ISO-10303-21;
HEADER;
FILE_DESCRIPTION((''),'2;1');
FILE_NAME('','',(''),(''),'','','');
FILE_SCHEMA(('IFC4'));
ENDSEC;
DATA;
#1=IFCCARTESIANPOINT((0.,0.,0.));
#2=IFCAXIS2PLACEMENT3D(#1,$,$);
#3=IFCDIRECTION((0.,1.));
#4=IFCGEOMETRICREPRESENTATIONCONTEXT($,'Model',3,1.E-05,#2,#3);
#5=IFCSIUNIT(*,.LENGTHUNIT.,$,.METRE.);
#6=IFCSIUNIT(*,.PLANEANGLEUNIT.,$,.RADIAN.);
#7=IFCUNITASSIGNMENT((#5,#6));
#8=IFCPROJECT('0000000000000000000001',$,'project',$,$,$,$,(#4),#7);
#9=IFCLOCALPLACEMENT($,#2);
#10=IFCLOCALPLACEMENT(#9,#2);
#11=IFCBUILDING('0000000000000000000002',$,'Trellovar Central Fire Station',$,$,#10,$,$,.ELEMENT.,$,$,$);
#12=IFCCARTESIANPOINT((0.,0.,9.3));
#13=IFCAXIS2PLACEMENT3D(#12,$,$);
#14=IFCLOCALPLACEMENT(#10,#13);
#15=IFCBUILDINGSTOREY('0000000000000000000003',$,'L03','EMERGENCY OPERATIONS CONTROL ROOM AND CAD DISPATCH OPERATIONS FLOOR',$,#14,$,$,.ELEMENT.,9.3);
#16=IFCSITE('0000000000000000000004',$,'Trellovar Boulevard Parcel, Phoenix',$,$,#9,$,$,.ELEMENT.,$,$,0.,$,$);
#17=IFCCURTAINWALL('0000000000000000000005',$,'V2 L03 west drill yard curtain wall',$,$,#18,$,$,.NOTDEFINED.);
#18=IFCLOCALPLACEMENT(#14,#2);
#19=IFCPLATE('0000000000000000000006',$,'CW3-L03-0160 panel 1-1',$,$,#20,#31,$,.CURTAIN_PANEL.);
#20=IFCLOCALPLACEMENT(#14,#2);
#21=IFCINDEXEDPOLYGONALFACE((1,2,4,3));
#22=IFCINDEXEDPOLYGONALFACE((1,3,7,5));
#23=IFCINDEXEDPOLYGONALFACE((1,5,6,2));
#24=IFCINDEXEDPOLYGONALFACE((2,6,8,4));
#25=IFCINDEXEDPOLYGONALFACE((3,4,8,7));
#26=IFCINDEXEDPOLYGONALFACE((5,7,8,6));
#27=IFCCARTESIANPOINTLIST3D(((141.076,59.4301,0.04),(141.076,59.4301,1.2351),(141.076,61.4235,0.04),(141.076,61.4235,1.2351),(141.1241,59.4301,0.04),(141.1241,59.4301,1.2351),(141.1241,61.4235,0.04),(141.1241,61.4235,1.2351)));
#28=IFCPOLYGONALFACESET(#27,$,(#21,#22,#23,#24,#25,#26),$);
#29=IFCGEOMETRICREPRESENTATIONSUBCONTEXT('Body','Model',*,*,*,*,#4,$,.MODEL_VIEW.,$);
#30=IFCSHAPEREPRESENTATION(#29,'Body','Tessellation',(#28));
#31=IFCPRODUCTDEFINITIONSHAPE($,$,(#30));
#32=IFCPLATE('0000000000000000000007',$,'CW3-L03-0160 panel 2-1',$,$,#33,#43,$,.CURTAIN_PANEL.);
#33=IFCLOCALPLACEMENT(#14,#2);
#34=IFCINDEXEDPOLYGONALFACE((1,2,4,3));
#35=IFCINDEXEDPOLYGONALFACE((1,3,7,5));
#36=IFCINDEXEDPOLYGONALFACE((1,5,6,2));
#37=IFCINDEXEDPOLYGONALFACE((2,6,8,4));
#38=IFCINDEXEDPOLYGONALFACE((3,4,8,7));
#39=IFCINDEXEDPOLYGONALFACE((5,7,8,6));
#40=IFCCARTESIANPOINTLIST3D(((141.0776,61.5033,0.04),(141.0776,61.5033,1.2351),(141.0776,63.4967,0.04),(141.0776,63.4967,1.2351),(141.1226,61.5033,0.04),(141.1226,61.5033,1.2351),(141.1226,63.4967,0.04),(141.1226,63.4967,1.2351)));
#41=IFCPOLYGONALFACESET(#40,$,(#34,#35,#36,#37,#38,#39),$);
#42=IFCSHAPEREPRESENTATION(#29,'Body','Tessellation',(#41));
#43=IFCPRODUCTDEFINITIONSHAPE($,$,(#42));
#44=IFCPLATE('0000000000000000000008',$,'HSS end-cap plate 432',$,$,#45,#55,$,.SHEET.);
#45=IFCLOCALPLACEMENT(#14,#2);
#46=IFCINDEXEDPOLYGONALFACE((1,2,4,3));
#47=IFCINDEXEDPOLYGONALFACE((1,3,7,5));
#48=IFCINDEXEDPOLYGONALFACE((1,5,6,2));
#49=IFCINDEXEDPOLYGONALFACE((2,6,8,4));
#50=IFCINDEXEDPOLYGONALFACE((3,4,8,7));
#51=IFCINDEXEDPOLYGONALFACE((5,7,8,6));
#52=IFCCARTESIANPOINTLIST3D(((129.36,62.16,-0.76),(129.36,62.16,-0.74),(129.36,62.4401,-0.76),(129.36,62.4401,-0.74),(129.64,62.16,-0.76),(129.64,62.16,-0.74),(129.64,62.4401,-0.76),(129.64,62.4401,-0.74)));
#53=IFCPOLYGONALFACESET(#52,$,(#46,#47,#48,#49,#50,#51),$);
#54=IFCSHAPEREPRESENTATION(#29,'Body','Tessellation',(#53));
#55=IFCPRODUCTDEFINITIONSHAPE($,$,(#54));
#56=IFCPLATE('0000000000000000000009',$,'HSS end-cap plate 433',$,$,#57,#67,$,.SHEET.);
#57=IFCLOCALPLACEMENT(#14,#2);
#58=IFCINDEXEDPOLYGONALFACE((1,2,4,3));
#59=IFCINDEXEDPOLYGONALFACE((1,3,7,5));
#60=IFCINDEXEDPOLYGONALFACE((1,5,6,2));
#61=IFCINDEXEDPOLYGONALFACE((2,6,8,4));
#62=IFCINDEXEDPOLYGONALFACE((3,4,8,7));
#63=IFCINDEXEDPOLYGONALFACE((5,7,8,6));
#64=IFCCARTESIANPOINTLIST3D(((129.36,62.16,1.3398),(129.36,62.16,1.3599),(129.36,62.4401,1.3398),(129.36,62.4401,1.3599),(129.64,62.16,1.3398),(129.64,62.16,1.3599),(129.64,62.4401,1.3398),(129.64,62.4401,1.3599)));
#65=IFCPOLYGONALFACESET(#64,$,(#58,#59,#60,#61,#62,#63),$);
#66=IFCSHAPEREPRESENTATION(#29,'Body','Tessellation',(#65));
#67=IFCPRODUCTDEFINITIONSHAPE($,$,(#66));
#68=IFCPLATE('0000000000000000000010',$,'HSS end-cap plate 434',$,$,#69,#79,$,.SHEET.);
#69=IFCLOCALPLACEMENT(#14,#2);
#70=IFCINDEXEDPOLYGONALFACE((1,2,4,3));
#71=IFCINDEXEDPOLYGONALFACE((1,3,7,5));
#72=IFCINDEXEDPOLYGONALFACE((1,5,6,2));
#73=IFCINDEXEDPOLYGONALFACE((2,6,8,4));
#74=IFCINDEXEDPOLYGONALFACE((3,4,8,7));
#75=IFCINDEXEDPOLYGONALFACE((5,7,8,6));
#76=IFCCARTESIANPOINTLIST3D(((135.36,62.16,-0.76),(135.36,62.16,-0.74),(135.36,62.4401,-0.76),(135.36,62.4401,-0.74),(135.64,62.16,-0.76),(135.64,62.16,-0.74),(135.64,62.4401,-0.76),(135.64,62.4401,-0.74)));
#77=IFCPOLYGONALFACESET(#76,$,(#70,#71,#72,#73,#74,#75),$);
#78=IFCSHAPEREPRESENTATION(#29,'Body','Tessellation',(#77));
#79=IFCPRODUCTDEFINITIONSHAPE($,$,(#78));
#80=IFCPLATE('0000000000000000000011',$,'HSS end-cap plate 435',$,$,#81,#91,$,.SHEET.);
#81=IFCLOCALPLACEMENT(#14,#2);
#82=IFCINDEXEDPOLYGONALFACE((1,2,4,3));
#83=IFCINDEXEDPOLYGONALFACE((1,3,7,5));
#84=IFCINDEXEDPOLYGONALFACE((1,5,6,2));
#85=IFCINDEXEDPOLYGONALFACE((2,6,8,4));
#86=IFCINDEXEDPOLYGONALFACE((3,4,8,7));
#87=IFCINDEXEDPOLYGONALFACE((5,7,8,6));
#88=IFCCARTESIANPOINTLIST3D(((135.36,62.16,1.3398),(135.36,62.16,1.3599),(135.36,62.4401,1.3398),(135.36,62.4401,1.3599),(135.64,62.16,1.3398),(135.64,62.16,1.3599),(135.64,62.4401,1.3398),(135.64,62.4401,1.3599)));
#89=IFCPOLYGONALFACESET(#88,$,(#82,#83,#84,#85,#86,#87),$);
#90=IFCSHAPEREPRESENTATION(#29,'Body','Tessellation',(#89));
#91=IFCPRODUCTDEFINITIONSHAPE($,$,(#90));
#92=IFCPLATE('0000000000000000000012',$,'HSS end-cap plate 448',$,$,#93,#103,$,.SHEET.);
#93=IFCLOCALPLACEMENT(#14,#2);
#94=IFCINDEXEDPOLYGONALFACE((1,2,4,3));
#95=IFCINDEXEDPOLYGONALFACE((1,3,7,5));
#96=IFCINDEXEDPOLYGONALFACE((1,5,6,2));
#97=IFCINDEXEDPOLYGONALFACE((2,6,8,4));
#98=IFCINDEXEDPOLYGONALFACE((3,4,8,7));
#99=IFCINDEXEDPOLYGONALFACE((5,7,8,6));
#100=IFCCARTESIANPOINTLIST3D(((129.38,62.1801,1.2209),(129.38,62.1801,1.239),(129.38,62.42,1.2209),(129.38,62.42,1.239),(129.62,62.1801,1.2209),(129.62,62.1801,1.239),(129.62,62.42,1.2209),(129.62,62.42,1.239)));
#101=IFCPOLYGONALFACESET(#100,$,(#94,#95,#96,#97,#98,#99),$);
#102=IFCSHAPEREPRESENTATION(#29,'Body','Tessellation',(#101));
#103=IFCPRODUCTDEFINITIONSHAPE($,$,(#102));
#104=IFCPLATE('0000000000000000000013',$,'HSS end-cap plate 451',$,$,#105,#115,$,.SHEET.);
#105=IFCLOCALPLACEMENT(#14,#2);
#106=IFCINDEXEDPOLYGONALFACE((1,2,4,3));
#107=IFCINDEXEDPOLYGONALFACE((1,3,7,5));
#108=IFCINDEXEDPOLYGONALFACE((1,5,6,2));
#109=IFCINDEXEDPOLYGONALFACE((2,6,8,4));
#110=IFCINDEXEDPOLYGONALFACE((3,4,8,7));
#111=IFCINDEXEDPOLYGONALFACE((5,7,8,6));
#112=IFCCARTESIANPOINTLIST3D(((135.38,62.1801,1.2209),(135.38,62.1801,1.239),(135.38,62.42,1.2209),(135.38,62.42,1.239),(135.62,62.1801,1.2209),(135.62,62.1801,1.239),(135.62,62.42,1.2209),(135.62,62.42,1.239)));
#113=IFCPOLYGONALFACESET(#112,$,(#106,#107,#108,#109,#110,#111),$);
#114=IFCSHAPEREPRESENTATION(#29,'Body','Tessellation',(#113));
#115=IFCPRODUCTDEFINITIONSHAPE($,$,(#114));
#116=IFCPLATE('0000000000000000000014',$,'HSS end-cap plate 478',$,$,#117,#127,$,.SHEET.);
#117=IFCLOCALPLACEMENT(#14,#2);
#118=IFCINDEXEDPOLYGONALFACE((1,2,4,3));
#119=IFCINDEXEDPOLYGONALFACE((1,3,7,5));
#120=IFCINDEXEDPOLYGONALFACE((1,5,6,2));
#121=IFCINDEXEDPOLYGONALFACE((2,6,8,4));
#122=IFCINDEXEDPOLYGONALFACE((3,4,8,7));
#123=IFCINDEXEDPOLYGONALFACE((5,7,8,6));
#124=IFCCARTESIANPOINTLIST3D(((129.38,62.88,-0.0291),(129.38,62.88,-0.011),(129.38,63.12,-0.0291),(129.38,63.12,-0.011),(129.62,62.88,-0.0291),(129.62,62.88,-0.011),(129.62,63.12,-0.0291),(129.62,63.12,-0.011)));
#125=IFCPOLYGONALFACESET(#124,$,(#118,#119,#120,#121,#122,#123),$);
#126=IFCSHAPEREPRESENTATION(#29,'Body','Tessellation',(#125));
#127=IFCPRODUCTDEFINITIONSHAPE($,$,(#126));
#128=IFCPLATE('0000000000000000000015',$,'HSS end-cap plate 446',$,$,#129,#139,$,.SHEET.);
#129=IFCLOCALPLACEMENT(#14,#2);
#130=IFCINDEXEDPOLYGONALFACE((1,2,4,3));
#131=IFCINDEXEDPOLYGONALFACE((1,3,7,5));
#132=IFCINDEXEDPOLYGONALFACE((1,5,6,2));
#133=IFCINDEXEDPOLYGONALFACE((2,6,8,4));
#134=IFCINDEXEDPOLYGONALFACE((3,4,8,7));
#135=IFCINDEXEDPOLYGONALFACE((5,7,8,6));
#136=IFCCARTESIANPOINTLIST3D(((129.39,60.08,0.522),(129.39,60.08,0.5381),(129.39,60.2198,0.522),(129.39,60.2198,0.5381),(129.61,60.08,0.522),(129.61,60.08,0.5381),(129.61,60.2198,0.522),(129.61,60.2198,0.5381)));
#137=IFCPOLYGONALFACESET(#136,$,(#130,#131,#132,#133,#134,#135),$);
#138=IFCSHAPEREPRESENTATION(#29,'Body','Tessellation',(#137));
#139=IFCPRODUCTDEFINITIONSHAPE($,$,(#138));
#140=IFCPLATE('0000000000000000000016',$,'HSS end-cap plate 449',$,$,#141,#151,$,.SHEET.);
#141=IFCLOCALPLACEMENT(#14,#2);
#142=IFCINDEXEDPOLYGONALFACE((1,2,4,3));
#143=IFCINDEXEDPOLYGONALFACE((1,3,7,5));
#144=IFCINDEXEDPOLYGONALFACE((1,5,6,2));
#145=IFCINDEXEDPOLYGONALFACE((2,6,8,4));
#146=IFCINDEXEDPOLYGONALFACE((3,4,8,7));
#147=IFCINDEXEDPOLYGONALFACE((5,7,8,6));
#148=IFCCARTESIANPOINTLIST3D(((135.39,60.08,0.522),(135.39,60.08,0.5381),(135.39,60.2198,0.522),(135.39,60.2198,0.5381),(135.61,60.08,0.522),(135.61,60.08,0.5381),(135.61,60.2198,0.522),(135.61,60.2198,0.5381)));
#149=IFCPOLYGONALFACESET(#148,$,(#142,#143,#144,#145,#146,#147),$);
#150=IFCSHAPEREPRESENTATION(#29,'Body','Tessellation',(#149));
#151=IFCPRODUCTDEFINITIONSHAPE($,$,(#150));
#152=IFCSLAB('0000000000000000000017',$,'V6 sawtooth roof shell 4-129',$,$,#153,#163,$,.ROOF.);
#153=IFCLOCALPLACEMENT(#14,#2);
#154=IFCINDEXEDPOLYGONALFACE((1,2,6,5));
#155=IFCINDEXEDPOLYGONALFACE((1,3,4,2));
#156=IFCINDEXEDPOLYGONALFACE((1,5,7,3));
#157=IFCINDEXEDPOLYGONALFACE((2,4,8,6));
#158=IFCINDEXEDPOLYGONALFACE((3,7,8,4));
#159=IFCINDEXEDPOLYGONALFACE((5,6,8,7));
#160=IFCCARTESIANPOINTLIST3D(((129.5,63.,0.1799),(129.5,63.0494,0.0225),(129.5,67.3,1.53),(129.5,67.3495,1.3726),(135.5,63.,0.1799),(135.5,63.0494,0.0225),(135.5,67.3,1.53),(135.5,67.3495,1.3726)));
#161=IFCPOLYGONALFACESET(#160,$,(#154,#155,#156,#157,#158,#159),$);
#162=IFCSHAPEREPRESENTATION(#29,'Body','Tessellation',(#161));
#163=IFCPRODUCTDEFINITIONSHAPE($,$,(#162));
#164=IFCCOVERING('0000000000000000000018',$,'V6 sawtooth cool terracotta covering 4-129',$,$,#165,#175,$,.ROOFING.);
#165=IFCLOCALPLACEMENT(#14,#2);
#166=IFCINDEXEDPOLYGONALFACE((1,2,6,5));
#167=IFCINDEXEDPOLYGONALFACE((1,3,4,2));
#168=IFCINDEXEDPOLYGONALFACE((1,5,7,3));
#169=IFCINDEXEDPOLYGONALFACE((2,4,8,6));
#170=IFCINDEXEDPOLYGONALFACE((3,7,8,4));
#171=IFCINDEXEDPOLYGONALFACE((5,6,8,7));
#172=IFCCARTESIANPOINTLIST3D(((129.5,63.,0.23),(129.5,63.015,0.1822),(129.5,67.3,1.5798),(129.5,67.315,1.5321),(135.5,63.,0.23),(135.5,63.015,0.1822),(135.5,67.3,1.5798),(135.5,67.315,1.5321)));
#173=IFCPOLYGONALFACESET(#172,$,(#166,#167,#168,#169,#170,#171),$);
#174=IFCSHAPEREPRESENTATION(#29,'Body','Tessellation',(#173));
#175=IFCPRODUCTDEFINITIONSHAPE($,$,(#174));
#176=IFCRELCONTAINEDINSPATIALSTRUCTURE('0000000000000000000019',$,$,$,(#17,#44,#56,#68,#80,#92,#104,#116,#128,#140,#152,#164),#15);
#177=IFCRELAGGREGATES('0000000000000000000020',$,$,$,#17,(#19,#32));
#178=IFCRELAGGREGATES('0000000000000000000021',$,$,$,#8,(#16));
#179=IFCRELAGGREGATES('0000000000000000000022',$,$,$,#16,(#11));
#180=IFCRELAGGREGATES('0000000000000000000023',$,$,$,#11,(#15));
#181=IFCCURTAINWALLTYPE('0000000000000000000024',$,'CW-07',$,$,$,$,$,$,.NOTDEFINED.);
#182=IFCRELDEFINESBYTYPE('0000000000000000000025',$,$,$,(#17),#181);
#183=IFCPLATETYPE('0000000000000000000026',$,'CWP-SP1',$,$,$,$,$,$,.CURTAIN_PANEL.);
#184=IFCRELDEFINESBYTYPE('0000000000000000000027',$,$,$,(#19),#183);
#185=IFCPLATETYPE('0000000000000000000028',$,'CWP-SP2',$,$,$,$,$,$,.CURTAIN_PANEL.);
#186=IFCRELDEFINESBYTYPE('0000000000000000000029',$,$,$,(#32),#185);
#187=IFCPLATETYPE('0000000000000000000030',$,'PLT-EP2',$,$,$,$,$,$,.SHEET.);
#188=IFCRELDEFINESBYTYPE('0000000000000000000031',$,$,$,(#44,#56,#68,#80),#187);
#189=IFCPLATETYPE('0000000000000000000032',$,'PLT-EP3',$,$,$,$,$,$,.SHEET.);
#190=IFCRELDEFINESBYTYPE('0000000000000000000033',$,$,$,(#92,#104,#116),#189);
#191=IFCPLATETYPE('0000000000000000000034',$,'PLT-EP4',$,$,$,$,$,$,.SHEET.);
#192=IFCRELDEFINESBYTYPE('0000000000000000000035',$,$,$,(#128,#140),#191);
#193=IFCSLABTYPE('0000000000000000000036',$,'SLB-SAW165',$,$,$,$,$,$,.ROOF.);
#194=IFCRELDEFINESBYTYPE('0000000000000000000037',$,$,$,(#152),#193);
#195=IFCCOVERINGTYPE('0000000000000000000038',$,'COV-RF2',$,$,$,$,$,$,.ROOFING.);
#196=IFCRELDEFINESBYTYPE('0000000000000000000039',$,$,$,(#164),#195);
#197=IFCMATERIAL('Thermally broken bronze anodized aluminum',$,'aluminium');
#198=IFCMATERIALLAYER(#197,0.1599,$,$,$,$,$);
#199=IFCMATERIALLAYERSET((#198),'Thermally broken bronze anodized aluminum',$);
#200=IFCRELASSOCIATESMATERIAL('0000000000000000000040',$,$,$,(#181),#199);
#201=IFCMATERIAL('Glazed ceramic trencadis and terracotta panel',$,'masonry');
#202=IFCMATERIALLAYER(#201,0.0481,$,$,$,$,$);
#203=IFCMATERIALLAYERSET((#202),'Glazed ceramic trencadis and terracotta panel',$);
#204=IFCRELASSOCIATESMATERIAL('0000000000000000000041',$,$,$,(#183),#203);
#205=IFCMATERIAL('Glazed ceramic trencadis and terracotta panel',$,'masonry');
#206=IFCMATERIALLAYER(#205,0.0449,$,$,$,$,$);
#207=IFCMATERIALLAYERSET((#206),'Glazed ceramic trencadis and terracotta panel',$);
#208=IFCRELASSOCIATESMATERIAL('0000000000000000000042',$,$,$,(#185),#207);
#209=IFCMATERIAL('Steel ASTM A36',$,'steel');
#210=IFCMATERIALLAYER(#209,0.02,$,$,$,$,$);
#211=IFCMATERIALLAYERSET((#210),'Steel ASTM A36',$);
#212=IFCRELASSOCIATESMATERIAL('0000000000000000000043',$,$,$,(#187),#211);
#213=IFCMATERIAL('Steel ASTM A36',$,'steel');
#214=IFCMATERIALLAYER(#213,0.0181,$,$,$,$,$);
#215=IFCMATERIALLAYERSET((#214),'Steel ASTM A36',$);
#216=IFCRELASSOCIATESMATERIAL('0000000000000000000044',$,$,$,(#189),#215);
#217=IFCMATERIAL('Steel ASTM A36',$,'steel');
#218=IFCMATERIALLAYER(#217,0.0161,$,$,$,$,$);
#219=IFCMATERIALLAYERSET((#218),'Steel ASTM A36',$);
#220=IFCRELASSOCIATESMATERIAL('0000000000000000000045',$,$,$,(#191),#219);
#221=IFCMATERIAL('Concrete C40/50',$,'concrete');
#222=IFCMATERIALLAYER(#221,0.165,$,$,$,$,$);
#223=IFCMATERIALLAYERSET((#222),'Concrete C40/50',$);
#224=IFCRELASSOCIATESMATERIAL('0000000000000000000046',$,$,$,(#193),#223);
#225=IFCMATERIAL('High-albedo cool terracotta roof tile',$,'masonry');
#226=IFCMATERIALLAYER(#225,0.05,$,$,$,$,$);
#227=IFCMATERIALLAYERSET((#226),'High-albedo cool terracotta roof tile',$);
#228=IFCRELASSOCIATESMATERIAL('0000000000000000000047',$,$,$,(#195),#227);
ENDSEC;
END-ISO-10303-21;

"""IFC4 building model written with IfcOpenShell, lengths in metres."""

from ifc_helpers import new_model, si_unit, direction, frame, origin, origin_2d, place, context, subcontext, project, spatial, polyline, rectangle, outline, extrude, material, layer, layer_set, type_object, element, aggregate, save


model = new_model("IFC4")

# Units and contexts
model_context = context("Model", 3, precision=1e-05, world=origin(), true_north=direction((0.0, 1.0)))
body_context = subcontext(model_context, "Body", "Model", "MODEL_VIEW")
ifc_project = project(units=[si_unit("LENGTHUNIT", "METRE"), si_unit("PLANEANGLEUNIT", "RADIAN")], contexts=[model_context])

# Site, building, storey
site_placement = place(None, origin())
site = spatial("IfcSite", under=ifc_project, at=site_placement, Name="Trellovar Boulevard Parcel, Phoenix", CompositionType="ELEMENT", RefElevation=0.0)
building_placement = place(site_placement, origin())
building = spatial("IfcBuilding", under=site, at=building_placement, Name="Trellovar Central Fire Station", CompositionType="ELEMENT")
storey_placement = place(building_placement, frame((0.0, 0.0, 9.3)))
storey = spatial("IfcBuildingStorey", under=building, at=storey_placement, Name="L03", Description="EMERGENCY OPERATIONS CONTROL ROOM AND CAD DISPATCH OPERATIONS FLOOR", CompositionType="ELEMENT", Elevation=9.3)

# Curtain wall
ifc_material_1 = material(Name="Thermally broken bronze anodized aluminum", Category="aluminium")
ifc_layer_1 = layer(ifc_material_1, 0.1599)
ifc_layer_set_1 = layer_set([ifc_layer_1], Name="Thermally broken bronze anodized aluminum")
curtain_wall_type_1 = type_object("IfcCurtainWallType", Name="CW-07", PredefinedType="NOTDEFINED", material=ifc_layer_set_1)
curtain_wall_1_placement = place(storey_placement, origin())
curtain_wall_1 = element("IfcCurtainWall", 1, at=curtain_wall_1_placement, inside=storey, type_object=curtain_wall_type_1, Name="V2 L03 west drill yard curtain wall", PredefinedType="NOTDEFINED")

# Plates
ifc_material_2 = material(Name="Glazed ceramic trencadis and terracotta panel", Category="masonry")
ifc_layer_2 = layer(ifc_material_2, 0.0481)
ifc_layer_set_2 = layer_set([ifc_layer_2], Name="Glazed ceramic trencadis and terracotta panel")
plate_type_1 = type_object("IfcPlateType", Name="CWP-SP1", PredefinedType="CURTAIN_PANEL", material=ifc_layer_set_2)
plate_1_placement = place(storey_placement, frame((141.1001, 60.4268, 0.04), z_axis=(0.0, 0.0, 1.0), x_axis=(0.0, 1.0, 0.0)))
plate_1 = element("IfcPlate", 2, at=plate_1_placement, type_object=plate_type_1, Name="CW3-L03-0160 panel 1-1", PredefinedType="CURTAIN_PANEL", context=body_context, shape_type="SweptSolid", body=[
    extrude(rectangle(XDim=1.9934, YDim=0.0481, at=origin_2d()), origin(), (0.0, 0.0, 1.0), 1.1951),
])
ifc_material_3 = material(Name="Glazed ceramic trencadis and terracotta panel", Category="masonry")
ifc_layer_3 = layer(ifc_material_3, 0.0449)
ifc_layer_set_3 = layer_set([ifc_layer_3], Name="Glazed ceramic trencadis and terracotta panel")
plate_type_2 = type_object("IfcPlateType", Name="CWP-SP2", PredefinedType="CURTAIN_PANEL", material=ifc_layer_set_3)
plate_2_placement = place(storey_placement, frame((141.1001, 62.5, 0.04), z_axis=(0.0, 0.0, 1.0), x_axis=(0.0, 1.0, 0.0)))
plate_2 = element("IfcPlate", 3, at=plate_2_placement, type_object=plate_type_2, Name="CW3-L03-0160 panel 2-1", PredefinedType="CURTAIN_PANEL", context=body_context, shape_type="SweptSolid", body=[
    extrude(rectangle(XDim=1.9934, YDim=0.0449, at=origin_2d()), origin(), (0.0, 0.0, 1.0), 1.1951),
])
aggregate(curtain_wall_1, [plate_1, plate_2])

# Plates
ifc_material_4 = material(Name="Steel ASTM A36", Category="steel")
ifc_layer_4 = layer(ifc_material_4, 0.02)
ifc_layer_set_4 = layer_set([ifc_layer_4], Name="Steel ASTM A36")
plate_type_3 = type_object("IfcPlateType", Name="PLT-EP2", PredefinedType="SHEET", material=ifc_layer_set_4)
for number, where, z_axis, x_axis, name in (
    (4, (129.5, 62.3, -0.76), (0.0, 0.0, 1.0), (1.0, 0.0, 0.0), "HSS end-cap plate 432"),
    (5, (129.5, 62.3, 1.3398), (0.0, 0.0, 1.0), (1.0, 0.0, 0.0), "HSS end-cap plate 433"),
    (6, (135.5, 62.3, -0.76), (0.0, 0.0, 1.0), (1.0, 0.0, 0.0), "HSS end-cap plate 434"),
    (7, (135.5, 62.3, 1.3398), (0.0, 0.0, 1.0), (1.0, 0.0, 0.0), "HSS end-cap plate 435"),
):
    element("IfcPlate", number, at=place(storey_placement, frame(where, z_axis=z_axis, x_axis=x_axis)), inside=storey, type_object=plate_type_3, Name=name, PredefinedType="SHEET", context=body_context, shape_type="SweptSolid", body=[
        extrude(rectangle(XDim=0.28, YDim=0.28, at=origin_2d()), origin(), (0.0, 0.0, 1.0), 0.02),
    ])
ifc_material_5 = material(Name="Steel ASTM A36", Category="steel")
ifc_layer_5 = layer(ifc_material_5, 0.0181)
ifc_layer_set_5 = layer_set([ifc_layer_5], Name="Steel ASTM A36")
plate_type_4 = type_object("IfcPlateType", Name="PLT-EP3", PredefinedType="SHEET", material=ifc_layer_set_5)
for number, where, z_axis, x_axis, name in (
    (8, (129.5, 62.3, 1.2209), (0.0, 0.0, 1.0), (1.0, 0.0, 0.0), "HSS end-cap plate 448"),
    (9, (135.5, 62.3, 1.2209), (0.0, 0.0, 1.0), (1.0, 0.0, 0.0), "HSS end-cap plate 451"),
    (10, (129.5, 63.0, -0.0291), (0.0, 0.0, 1.0), (1.0, 0.0, 0.0), "HSS end-cap plate 478"),
):
    element("IfcPlate", number, at=place(storey_placement, frame(where, z_axis=z_axis, x_axis=x_axis)), inside=storey, type_object=plate_type_4, Name=name, PredefinedType="SHEET", context=body_context, shape_type="SweptSolid", body=[
        extrude(rectangle(XDim=0.24, YDim=0.24, at=origin_2d()), origin(), (0.0, 0.0, 1.0), 0.0181),
    ])
ifc_material_6 = material(Name="Steel ASTM A36", Category="steel")
ifc_layer_6 = layer(ifc_material_6, 0.0161)
ifc_layer_set_6 = layer_set([ifc_layer_6], Name="Steel ASTM A36")
plate_type_5 = type_object("IfcPlateType", Name="PLT-EP4", PredefinedType="SHEET", material=ifc_layer_set_6)
for number, where, z_axis, x_axis, name in (
    (11, (129.5, 60.1499, 0.522), (0.0, 0.0, 1.0), (1.0, 0.0, 0.0), "HSS end-cap plate 446"),
    (12, (135.5, 60.1499, 0.522), (0.0, 0.0, 1.0), (1.0, 0.0, 0.0), "HSS end-cap plate 449"),
):
    element("IfcPlate", number, at=place(storey_placement, frame(where, z_axis=z_axis, x_axis=x_axis)), inside=storey, type_object=plate_type_5, Name=name, PredefinedType="SHEET", context=body_context, shape_type="SweptSolid", body=[
        extrude(rectangle(XDim=0.22, YDim=0.1399, at=origin_2d()), origin(), (0.0, 0.0, 1.0), 0.0161),
    ])

# Slab
ifc_material_7 = material(Name="Concrete C40/50", Category="concrete")
ifc_layer_7 = layer(ifc_material_7, 0.165)
ifc_layer_set_7 = layer_set([ifc_layer_7], Name="Concrete C40/50")
slab_type = type_object("IfcSlabType", Name="SLB-SAW165", PredefinedType="ROOF", material=ifc_layer_set_7)
slab_placement = place(storey_placement, frame((129.5, 63.0, 0.1799), z_axis=(0.0, -0.299555, 0.954079), x_axis=(1.0, 0.0, 0.0)))
element("IfcSlab", 13, at=slab_placement, inside=storey, type_object=slab_type, Name="V6 sawtooth roof shell 4-129", PredefinedType="ROOF", context=body_context, shape_type="SweptSolid", body=[
    extrude(outline(polyline([(0.0, 0.0), (6.0, 0.0), (6.0, 4.507), (0.0, 4.507), (0.0, 0.0)])), origin(), (0.0, 0.0, -1.0), 0.165),
])

# Covering
ifc_material_8 = material(Name="High-albedo cool terracotta roof tile", Category="masonry")
ifc_layer_8 = layer(ifc_material_8, 0.05)
ifc_layer_set_8 = layer_set([ifc_layer_8], Name="High-albedo cool terracotta roof tile")
covering_type = type_object("IfcCoveringType", Name="COV-RF2", PredefinedType="ROOFING", material=ifc_layer_set_8)
covering_placement = place(storey_placement, frame((129.5, 63.0, 0.23), z_axis=(0.0, -0.299505, 0.954095), x_axis=(1.0, 0.0, 0.0)))
element("IfcCovering", 14, at=covering_placement, inside=storey, type_object=covering_type, Name="V6 sawtooth cool terracotta covering 4-129", PredefinedType="ROOFING", context=body_context, shape_type="SweptSolid", body=[
    extrude(outline(polyline([(0.0, 0.0), (6.0, 0.0), (6.0, 4.5069), (0.0, 4.5069), (0.0, 0.0)])), origin(), (0.0, 0.0, -1.0), 0.05),
])

save(model, "model.ifc")
